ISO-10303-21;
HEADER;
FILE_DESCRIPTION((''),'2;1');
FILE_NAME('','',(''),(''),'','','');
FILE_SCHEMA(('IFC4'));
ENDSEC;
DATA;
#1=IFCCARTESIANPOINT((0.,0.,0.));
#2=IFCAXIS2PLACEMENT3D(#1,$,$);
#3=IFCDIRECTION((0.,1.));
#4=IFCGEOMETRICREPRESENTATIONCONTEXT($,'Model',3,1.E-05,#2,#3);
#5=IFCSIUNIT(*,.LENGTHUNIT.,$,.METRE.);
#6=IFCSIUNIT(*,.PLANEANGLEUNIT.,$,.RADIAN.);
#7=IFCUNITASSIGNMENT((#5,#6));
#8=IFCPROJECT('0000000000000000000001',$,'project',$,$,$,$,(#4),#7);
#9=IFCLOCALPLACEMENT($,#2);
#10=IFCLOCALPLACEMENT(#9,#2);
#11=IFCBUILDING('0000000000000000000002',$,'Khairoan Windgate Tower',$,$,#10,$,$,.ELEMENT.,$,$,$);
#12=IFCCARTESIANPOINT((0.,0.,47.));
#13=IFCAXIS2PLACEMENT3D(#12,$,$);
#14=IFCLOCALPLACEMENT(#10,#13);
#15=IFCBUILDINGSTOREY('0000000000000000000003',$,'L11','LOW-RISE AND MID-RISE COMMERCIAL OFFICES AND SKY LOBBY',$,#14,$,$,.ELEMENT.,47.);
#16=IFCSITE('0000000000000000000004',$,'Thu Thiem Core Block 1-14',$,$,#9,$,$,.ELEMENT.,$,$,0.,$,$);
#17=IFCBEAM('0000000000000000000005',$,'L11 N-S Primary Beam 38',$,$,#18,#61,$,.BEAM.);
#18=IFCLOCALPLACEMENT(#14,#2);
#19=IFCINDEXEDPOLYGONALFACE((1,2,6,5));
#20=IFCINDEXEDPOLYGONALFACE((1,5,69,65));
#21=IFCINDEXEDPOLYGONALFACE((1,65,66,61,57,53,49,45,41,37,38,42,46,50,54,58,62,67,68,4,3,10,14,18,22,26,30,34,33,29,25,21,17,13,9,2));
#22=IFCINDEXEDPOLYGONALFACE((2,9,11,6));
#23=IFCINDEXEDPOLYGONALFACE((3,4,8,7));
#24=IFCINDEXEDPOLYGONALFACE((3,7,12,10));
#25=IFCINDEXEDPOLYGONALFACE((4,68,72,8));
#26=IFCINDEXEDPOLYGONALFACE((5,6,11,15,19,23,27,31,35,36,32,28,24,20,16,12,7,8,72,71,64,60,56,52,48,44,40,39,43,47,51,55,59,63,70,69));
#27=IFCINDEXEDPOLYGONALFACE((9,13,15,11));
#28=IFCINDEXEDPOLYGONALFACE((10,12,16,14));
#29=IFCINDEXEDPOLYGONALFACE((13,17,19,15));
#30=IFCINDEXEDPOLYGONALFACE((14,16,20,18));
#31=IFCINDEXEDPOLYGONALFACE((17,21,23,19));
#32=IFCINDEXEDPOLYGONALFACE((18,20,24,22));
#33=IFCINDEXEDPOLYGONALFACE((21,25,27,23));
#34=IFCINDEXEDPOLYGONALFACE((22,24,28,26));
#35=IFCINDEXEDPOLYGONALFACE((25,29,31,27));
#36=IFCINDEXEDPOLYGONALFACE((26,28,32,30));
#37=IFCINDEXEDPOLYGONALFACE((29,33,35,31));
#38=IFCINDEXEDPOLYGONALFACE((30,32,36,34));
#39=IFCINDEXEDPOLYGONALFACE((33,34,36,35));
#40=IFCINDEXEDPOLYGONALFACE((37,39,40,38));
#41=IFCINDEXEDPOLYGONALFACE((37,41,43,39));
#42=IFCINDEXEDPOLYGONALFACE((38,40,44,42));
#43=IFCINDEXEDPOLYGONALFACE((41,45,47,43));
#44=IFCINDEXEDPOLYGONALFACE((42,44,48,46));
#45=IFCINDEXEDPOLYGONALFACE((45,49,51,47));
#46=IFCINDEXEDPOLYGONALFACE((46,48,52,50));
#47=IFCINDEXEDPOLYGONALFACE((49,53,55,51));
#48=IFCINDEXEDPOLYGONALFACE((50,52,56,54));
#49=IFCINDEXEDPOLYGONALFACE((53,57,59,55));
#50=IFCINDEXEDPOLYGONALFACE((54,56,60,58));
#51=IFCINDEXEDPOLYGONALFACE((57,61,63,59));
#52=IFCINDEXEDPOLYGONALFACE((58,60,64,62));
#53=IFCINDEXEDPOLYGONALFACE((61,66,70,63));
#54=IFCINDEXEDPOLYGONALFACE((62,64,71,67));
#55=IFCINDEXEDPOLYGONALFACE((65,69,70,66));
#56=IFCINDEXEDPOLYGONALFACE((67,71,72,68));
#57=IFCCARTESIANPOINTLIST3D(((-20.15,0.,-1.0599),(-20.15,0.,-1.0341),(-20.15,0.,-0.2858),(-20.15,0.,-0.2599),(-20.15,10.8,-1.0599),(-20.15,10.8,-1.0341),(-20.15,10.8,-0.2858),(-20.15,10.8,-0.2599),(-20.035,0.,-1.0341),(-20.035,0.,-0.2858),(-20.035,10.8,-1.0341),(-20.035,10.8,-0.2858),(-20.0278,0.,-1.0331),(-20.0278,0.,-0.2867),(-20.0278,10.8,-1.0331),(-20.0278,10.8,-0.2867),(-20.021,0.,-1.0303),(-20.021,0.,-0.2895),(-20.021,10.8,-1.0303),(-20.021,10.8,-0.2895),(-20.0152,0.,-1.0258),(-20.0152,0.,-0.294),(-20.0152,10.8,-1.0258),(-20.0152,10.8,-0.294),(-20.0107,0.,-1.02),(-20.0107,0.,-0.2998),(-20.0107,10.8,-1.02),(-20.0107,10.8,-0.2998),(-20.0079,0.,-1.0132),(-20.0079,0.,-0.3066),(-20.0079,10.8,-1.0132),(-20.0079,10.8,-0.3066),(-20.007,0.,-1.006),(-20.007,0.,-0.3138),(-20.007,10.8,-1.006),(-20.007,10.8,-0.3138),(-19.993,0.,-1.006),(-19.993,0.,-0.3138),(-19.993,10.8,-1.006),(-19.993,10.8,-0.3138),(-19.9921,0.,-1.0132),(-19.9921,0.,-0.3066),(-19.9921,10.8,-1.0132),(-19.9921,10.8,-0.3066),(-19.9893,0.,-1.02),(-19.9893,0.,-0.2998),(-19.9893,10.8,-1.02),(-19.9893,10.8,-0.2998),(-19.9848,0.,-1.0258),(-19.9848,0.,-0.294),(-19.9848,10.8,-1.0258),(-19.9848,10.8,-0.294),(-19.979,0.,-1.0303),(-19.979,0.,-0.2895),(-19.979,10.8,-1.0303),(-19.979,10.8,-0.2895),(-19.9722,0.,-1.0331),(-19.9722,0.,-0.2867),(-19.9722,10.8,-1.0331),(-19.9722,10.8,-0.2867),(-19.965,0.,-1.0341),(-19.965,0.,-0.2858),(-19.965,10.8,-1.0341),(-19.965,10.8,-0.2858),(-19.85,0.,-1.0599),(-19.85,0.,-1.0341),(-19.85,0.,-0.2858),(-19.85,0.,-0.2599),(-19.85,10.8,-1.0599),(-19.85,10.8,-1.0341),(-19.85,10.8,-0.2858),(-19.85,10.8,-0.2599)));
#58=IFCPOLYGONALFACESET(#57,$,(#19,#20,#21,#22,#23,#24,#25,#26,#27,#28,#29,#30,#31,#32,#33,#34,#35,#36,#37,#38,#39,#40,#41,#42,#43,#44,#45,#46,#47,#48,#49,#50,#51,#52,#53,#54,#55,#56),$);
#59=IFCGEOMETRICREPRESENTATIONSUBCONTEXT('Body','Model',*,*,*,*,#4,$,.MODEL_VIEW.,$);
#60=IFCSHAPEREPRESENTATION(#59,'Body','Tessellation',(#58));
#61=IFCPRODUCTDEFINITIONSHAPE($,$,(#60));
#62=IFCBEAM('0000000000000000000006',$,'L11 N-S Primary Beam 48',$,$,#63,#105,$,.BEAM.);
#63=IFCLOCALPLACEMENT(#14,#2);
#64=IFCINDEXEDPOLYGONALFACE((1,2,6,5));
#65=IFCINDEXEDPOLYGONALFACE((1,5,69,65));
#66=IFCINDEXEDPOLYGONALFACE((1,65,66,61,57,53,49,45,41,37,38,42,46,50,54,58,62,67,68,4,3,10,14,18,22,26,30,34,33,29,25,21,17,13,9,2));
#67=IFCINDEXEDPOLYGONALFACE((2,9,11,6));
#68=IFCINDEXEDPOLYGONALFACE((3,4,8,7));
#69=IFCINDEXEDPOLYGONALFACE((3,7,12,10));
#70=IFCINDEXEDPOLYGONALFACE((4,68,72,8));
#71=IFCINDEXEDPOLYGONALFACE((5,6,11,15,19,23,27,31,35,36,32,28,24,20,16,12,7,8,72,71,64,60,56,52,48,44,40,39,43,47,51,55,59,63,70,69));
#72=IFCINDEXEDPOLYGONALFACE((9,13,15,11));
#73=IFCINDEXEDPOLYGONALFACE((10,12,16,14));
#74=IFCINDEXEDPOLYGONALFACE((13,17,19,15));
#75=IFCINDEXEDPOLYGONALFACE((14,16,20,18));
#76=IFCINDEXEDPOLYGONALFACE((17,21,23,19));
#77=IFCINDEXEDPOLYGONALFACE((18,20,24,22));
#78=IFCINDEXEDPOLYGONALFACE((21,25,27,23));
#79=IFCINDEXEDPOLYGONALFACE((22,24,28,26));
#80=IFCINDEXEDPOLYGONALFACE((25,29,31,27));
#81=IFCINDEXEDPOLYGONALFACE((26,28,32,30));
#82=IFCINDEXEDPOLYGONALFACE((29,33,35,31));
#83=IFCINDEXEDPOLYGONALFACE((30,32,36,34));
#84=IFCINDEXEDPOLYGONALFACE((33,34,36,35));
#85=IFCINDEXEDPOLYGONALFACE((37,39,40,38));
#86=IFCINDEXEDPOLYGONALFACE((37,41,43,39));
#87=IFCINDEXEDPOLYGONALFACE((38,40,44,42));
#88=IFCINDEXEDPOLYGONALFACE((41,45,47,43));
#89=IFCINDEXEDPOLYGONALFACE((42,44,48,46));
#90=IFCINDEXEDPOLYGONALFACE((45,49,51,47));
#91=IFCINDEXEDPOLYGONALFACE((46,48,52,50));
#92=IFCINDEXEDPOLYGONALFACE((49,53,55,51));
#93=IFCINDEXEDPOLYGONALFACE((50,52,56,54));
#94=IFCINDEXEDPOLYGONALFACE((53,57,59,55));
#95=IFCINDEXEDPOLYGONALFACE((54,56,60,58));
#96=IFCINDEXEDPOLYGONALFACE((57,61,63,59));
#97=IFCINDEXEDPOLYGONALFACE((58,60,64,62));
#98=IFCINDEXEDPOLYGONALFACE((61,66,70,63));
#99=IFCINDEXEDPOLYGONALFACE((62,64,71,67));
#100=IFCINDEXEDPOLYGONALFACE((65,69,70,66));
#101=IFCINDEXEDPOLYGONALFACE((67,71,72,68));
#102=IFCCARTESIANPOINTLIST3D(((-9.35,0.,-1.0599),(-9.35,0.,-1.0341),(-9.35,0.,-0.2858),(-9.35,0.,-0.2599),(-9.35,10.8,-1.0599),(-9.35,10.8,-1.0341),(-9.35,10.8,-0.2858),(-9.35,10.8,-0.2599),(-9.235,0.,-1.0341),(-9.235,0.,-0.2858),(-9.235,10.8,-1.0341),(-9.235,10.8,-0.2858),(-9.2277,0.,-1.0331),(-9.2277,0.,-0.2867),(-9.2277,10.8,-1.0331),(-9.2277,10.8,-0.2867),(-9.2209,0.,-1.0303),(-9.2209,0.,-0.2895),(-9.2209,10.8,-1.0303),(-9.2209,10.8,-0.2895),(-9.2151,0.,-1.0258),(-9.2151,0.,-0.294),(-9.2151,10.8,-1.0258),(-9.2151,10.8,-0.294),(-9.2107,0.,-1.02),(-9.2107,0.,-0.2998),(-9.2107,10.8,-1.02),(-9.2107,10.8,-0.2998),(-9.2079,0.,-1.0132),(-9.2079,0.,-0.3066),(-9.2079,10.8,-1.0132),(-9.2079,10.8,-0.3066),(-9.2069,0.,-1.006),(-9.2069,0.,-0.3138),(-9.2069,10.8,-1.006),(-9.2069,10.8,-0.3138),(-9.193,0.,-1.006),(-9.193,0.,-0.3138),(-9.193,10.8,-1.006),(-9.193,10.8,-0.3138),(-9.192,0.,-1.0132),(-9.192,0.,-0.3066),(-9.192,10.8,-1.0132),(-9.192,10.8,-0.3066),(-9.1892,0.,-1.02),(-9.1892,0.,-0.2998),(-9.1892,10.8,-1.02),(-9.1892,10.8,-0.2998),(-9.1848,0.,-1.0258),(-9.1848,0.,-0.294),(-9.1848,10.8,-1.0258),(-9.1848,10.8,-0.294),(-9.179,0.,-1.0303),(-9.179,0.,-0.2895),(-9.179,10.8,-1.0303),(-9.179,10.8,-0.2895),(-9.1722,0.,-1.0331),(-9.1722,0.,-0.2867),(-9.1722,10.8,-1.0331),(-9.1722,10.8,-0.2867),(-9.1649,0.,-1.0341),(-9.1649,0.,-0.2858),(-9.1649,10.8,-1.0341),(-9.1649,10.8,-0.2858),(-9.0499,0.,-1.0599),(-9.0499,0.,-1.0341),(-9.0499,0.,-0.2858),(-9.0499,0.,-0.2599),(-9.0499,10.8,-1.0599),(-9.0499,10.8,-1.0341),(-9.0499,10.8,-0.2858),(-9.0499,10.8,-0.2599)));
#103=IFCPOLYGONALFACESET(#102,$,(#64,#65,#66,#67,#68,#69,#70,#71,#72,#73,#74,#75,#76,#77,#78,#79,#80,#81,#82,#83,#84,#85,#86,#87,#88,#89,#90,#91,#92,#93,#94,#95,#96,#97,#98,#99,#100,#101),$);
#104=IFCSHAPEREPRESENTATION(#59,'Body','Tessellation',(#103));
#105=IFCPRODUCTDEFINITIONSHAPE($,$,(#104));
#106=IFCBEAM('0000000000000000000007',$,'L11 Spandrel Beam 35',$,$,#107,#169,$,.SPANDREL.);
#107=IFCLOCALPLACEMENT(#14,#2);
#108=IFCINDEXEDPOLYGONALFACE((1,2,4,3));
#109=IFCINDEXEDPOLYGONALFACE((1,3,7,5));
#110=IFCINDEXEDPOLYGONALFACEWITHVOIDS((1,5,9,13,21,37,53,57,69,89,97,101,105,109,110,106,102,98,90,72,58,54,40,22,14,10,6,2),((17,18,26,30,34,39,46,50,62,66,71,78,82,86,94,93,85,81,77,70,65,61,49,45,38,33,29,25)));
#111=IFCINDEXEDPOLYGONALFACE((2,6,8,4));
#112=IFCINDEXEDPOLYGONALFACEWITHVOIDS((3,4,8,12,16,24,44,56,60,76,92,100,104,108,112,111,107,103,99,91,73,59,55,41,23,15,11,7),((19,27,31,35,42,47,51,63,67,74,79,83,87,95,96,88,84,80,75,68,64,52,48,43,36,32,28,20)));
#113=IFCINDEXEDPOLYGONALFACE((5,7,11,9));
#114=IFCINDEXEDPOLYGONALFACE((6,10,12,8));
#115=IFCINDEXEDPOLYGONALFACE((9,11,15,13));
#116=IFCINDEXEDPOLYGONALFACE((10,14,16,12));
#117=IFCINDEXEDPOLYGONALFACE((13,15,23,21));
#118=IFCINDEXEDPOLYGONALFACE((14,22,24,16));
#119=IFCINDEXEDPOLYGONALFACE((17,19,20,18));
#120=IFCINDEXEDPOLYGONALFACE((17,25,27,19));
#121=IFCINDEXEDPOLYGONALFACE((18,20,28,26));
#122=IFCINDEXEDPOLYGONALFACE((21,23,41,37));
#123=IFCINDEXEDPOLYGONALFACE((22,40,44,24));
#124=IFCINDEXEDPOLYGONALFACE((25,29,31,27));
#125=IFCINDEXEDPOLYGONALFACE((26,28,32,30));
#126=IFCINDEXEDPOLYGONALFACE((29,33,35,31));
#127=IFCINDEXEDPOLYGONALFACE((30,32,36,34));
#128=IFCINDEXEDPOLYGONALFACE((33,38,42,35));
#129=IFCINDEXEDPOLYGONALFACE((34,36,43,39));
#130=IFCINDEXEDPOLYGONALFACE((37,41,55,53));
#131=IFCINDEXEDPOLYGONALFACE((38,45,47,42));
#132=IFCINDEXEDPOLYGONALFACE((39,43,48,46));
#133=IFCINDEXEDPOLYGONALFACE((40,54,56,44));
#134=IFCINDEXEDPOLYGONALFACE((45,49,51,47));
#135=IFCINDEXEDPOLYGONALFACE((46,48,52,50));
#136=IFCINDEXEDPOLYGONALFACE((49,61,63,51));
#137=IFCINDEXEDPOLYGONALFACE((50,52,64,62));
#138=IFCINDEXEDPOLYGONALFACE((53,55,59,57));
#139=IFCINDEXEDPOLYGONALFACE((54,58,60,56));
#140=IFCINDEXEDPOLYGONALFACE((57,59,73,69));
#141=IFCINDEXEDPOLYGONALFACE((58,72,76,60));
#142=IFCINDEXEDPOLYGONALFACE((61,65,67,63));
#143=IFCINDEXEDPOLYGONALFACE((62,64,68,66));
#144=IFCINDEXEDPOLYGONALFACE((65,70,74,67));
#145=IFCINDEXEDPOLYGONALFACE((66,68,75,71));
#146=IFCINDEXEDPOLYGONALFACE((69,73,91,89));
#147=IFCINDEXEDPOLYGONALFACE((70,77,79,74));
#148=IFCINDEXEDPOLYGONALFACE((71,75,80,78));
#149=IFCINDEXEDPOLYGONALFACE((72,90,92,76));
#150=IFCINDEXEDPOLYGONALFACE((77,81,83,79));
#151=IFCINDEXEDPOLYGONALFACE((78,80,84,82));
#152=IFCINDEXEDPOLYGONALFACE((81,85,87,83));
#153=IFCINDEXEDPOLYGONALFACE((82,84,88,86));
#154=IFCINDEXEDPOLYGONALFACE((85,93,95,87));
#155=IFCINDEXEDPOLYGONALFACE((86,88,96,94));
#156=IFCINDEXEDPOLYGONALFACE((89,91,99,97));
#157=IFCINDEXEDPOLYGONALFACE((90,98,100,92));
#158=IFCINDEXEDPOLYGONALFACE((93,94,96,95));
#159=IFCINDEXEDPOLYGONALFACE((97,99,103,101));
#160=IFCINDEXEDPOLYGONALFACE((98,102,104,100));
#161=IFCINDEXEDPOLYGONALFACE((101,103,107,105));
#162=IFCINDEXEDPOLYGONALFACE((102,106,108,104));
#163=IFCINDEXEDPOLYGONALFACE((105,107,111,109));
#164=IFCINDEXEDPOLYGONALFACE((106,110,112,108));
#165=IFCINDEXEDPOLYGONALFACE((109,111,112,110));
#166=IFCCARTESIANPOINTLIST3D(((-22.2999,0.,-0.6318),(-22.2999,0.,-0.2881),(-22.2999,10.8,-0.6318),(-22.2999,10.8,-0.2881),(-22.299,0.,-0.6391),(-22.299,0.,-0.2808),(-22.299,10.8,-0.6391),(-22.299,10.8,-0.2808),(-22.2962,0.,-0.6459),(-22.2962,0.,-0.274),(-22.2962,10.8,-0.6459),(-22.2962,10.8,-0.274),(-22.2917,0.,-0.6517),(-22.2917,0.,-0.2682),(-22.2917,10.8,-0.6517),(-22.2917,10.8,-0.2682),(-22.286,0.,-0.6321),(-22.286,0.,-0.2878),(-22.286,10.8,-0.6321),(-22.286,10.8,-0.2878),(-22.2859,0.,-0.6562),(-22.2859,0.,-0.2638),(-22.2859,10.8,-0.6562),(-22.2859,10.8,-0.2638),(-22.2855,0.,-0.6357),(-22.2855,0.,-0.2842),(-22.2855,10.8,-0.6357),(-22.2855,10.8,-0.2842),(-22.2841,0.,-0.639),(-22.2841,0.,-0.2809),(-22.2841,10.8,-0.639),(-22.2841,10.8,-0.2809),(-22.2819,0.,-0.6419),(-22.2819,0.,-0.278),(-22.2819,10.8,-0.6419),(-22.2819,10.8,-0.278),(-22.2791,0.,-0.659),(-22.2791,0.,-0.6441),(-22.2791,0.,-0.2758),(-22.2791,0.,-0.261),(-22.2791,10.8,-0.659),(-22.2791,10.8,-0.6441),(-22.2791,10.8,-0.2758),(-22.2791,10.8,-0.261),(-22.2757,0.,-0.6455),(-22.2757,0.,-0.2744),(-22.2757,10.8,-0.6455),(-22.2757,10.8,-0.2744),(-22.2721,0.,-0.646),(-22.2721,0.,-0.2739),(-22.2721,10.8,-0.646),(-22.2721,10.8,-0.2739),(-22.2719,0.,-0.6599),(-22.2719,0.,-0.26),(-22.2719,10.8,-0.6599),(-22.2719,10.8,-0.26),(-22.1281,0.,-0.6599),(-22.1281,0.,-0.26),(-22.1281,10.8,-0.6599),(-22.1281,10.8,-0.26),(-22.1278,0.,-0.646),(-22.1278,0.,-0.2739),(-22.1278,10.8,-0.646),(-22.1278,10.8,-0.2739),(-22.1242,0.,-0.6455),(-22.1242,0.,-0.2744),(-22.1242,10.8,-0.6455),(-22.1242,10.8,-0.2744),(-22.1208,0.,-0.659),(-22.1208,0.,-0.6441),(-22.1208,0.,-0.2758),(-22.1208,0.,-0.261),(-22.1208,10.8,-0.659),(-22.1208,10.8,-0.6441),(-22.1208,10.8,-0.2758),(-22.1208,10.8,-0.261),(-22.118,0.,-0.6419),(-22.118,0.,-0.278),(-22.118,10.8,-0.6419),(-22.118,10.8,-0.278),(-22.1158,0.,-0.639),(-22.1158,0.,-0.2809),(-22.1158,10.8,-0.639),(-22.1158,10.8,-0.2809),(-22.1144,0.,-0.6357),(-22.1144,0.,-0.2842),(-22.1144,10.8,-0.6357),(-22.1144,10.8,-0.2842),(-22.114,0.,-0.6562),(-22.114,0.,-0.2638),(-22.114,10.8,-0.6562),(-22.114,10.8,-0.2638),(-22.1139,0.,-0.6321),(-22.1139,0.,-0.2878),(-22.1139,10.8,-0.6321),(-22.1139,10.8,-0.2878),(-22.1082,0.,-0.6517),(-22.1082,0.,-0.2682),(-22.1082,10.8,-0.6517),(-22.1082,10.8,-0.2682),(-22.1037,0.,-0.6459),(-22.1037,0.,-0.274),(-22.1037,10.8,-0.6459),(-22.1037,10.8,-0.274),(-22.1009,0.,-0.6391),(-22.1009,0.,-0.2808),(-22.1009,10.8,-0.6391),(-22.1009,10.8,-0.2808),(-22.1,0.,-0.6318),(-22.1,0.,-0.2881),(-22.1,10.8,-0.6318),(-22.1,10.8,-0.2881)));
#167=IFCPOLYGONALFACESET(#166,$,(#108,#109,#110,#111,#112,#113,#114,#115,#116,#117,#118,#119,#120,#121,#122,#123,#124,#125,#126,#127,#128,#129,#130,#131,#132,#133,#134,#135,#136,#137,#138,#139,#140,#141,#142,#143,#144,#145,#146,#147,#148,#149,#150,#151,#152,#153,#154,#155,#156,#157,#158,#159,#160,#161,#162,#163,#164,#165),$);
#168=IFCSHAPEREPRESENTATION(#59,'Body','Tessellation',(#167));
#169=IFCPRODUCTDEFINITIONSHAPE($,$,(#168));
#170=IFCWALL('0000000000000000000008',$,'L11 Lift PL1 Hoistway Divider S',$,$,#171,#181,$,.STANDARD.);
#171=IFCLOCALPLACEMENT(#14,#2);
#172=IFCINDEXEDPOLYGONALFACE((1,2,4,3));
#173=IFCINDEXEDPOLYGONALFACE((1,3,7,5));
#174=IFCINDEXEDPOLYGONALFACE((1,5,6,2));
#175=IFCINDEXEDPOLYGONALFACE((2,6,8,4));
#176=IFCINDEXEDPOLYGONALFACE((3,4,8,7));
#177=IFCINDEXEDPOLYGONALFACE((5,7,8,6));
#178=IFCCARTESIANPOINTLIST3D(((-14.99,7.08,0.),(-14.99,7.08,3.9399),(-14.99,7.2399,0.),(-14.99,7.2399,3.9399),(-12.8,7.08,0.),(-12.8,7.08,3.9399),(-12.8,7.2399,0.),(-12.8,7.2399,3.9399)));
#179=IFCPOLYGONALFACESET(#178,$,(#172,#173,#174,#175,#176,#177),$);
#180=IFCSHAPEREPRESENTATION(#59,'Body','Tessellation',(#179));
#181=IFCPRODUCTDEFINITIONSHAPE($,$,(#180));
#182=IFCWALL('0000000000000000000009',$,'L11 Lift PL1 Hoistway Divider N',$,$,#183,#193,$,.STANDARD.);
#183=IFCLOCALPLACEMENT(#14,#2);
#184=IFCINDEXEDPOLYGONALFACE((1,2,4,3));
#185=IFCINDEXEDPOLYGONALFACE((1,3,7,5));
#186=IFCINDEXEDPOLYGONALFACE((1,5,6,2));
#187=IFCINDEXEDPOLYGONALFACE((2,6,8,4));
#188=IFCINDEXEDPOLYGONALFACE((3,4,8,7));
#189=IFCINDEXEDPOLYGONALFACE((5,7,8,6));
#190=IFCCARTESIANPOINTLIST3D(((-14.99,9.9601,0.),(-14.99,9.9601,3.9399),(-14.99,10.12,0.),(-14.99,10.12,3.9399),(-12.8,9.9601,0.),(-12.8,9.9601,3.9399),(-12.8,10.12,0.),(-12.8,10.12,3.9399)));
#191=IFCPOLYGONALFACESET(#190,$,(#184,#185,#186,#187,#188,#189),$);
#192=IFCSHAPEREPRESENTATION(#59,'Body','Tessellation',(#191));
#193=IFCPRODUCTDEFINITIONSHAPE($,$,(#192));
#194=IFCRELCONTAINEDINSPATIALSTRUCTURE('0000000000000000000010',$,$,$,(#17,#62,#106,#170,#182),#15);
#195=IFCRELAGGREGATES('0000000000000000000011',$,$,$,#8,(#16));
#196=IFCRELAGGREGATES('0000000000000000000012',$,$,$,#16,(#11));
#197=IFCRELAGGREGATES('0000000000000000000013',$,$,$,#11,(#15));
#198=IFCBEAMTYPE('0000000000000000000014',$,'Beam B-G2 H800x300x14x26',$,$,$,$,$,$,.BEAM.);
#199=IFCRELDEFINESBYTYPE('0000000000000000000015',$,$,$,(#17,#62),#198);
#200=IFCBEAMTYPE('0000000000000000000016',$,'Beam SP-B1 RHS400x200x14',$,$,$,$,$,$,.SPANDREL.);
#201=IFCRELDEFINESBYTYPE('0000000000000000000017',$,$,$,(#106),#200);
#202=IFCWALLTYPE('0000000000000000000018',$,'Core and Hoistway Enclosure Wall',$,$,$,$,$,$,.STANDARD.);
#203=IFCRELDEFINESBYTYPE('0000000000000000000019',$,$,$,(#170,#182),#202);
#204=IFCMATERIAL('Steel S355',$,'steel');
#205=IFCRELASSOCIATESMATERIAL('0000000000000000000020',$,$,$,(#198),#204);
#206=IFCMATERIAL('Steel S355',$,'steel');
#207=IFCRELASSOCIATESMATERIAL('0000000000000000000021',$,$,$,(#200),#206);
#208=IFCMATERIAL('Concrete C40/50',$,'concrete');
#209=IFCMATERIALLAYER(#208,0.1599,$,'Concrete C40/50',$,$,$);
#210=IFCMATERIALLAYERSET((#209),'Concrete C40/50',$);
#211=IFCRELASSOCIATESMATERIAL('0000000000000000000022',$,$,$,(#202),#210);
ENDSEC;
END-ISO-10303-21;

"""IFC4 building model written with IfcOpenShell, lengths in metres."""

from ifc_helpers import new_model, si_unit, direction, frame, frame_2d, origin, origin_2d, place, context, subcontext, project, spatial, rectangle, hollow_rectangle, i_section, extrude, material, layer, layer_set, material_profile, profile_set, type_object, element, save


model = new_model("IFC4")

# Units and contexts
model_context = context("Model", 3, precision=1e-05, world=origin(), true_north=direction((0.0, 1.0)))
body_context = subcontext(model_context, "Body", "Model", "MODEL_VIEW")
ifc_project = project(units=[si_unit("LENGTHUNIT", "METRE"), si_unit("PLANEANGLEUNIT", "RADIAN")], contexts=[model_context])

# Site, building, storey
site_placement = place(None, origin())
site = spatial("IfcSite", under=ifc_project, at=site_placement, Name="Thu Thiem Core Block 1-14", CompositionType="ELEMENT", RefElevation=0.0)
building_placement = place(site_placement, origin())
building = spatial("IfcBuilding", under=site, at=building_placement, Name="Khairoan Windgate Tower", CompositionType="ELEMENT")
storey_placement = place(building_placement, frame((0.0, 0.0, 47.0)))
storey = spatial("IfcBuildingStorey", under=building, at=storey_placement, Name="L11", Description="LOW-RISE AND MID-RISE COMMERCIAL OFFICES AND SKY LOBBY", CompositionType="ELEMENT", Elevation=47.0)

# Beams
ifc_material_1 = material(Name="Steel S355", Category="steel")
ifc_material_profile_1 = material_profile(ifc_material_1, i_section(OverallWidth=0.3, OverallDepth=0.8, WebThickness=0.0139, FlangeThickness=0.0259, FilletRadius=0.0281, at=origin_2d()))
ifc_profile_set_1 = profile_set([ifc_material_profile_1], Name="Steel S355")
beam_type_1 = type_object("IfcBeamType", Name="Beam B-G2 H800x300x14x26", PredefinedType="BEAM", material=ifc_profile_set_1)
for number, where, z_axis, x_axis, name in (
    (1, (-20.0, 0.0, -0.6599), (0.0, 1.0, 0.0), (-1.0, 0.0, 0.0), "L11 N-S Primary Beam 38"),
    (2, (-9.2, 0.0, -0.6599), (0.0, 1.0, 0.0), (-1.0, 0.0, 0.0), "L11 N-S Primary Beam 48"),
):
    element("IfcBeam", number, at=place(storey_placement, frame(where, z_axis=z_axis, x_axis=x_axis)), inside=storey, type_object=beam_type_1, Name=name, PredefinedType="BEAM", context=body_context, shape_type="SweptSolid", body=[
        extrude(i_section(OverallWidth=0.3, OverallDepth=0.8, WebThickness=0.0139, FlangeThickness=0.0259, FilletRadius=0.0281, at=origin_2d()), origin(), (0.0, 0.0, 1.0), 10.8),
    ])
ifc_material_2 = material(Name="Steel S355", Category="steel")
ifc_material_profile_2 = material_profile(ifc_material_2, hollow_rectangle(XDim=0.2, YDim=0.3999, WallThickness=0.0139, InnerFilletRadius=0.0139, OuterFilletRadius=0.0281, at=origin_2d()))
ifc_profile_set_2 = profile_set([ifc_material_profile_2], Name="Steel S355")
beam_type_2 = type_object("IfcBeamType", Name="Beam SP-B1 RHS400x200x14", PredefinedType="SPANDREL", material=ifc_profile_set_2)
beam_1_placement = place(storey_placement, frame((-22.2, 0.0, -0.46), z_axis=(0.0, 1.0, 0.0), x_axis=(-1.0, 0.0, 0.0)))
element("IfcBeam", 3, at=beam_1_placement, inside=storey, type_object=beam_type_2, Name="L11 Spandrel Beam 35", PredefinedType="SPANDREL", context=body_context, shape_type="SweptSolid", body=[
    extrude(hollow_rectangle(XDim=0.2, YDim=0.3999, WallThickness=0.0139, InnerFilletRadius=0.0139, OuterFilletRadius=0.0281, at=origin_2d()), origin(), (0.0, 0.0, 1.0), 10.8),
])

# Walls
ifc_material_3 = material(Name="Concrete C40/50", Category="concrete")
ifc_layer_1 = layer(ifc_material_3, 0.1599, Name="Concrete C40/50")
ifc_layer_set_1 = layer_set([ifc_layer_1], Name="Concrete C40/50")
wall_type_1 = type_object("IfcWallType", Name="Core and Hoistway Enclosure Wall", PredefinedType="STANDARD", material=ifc_layer_set_1)
for number, where, z_axis, x_axis, name in (
    (4, (-14.99, 7.1599, 0.0), (0.0, 0.0, 1.0), (1.0, 0.0, 0.0), "L11 Lift PL1 Hoistway Divider S"),
    (5, (-14.99, 10.04, 0.0), (0.0, 0.0, 1.0), (1.0, 0.0, 0.0), "L11 Lift PL1 Hoistway Divider N"),
):
    element("IfcWall", number, at=place(storey_placement, frame(where, z_axis=z_axis, x_axis=x_axis)), inside=storey, type_object=wall_type_1, Name=name, PredefinedType="STANDARD", context=body_context, shape_type="SweptSolid", body=[
        extrude(rectangle(XDim=2.1899, YDim=0.1599, at=frame_2d((1.095, 0.0))), origin(), (0.0, 0.0, 1.0), 3.9399),
    ])

save(model, "model.ifc")
